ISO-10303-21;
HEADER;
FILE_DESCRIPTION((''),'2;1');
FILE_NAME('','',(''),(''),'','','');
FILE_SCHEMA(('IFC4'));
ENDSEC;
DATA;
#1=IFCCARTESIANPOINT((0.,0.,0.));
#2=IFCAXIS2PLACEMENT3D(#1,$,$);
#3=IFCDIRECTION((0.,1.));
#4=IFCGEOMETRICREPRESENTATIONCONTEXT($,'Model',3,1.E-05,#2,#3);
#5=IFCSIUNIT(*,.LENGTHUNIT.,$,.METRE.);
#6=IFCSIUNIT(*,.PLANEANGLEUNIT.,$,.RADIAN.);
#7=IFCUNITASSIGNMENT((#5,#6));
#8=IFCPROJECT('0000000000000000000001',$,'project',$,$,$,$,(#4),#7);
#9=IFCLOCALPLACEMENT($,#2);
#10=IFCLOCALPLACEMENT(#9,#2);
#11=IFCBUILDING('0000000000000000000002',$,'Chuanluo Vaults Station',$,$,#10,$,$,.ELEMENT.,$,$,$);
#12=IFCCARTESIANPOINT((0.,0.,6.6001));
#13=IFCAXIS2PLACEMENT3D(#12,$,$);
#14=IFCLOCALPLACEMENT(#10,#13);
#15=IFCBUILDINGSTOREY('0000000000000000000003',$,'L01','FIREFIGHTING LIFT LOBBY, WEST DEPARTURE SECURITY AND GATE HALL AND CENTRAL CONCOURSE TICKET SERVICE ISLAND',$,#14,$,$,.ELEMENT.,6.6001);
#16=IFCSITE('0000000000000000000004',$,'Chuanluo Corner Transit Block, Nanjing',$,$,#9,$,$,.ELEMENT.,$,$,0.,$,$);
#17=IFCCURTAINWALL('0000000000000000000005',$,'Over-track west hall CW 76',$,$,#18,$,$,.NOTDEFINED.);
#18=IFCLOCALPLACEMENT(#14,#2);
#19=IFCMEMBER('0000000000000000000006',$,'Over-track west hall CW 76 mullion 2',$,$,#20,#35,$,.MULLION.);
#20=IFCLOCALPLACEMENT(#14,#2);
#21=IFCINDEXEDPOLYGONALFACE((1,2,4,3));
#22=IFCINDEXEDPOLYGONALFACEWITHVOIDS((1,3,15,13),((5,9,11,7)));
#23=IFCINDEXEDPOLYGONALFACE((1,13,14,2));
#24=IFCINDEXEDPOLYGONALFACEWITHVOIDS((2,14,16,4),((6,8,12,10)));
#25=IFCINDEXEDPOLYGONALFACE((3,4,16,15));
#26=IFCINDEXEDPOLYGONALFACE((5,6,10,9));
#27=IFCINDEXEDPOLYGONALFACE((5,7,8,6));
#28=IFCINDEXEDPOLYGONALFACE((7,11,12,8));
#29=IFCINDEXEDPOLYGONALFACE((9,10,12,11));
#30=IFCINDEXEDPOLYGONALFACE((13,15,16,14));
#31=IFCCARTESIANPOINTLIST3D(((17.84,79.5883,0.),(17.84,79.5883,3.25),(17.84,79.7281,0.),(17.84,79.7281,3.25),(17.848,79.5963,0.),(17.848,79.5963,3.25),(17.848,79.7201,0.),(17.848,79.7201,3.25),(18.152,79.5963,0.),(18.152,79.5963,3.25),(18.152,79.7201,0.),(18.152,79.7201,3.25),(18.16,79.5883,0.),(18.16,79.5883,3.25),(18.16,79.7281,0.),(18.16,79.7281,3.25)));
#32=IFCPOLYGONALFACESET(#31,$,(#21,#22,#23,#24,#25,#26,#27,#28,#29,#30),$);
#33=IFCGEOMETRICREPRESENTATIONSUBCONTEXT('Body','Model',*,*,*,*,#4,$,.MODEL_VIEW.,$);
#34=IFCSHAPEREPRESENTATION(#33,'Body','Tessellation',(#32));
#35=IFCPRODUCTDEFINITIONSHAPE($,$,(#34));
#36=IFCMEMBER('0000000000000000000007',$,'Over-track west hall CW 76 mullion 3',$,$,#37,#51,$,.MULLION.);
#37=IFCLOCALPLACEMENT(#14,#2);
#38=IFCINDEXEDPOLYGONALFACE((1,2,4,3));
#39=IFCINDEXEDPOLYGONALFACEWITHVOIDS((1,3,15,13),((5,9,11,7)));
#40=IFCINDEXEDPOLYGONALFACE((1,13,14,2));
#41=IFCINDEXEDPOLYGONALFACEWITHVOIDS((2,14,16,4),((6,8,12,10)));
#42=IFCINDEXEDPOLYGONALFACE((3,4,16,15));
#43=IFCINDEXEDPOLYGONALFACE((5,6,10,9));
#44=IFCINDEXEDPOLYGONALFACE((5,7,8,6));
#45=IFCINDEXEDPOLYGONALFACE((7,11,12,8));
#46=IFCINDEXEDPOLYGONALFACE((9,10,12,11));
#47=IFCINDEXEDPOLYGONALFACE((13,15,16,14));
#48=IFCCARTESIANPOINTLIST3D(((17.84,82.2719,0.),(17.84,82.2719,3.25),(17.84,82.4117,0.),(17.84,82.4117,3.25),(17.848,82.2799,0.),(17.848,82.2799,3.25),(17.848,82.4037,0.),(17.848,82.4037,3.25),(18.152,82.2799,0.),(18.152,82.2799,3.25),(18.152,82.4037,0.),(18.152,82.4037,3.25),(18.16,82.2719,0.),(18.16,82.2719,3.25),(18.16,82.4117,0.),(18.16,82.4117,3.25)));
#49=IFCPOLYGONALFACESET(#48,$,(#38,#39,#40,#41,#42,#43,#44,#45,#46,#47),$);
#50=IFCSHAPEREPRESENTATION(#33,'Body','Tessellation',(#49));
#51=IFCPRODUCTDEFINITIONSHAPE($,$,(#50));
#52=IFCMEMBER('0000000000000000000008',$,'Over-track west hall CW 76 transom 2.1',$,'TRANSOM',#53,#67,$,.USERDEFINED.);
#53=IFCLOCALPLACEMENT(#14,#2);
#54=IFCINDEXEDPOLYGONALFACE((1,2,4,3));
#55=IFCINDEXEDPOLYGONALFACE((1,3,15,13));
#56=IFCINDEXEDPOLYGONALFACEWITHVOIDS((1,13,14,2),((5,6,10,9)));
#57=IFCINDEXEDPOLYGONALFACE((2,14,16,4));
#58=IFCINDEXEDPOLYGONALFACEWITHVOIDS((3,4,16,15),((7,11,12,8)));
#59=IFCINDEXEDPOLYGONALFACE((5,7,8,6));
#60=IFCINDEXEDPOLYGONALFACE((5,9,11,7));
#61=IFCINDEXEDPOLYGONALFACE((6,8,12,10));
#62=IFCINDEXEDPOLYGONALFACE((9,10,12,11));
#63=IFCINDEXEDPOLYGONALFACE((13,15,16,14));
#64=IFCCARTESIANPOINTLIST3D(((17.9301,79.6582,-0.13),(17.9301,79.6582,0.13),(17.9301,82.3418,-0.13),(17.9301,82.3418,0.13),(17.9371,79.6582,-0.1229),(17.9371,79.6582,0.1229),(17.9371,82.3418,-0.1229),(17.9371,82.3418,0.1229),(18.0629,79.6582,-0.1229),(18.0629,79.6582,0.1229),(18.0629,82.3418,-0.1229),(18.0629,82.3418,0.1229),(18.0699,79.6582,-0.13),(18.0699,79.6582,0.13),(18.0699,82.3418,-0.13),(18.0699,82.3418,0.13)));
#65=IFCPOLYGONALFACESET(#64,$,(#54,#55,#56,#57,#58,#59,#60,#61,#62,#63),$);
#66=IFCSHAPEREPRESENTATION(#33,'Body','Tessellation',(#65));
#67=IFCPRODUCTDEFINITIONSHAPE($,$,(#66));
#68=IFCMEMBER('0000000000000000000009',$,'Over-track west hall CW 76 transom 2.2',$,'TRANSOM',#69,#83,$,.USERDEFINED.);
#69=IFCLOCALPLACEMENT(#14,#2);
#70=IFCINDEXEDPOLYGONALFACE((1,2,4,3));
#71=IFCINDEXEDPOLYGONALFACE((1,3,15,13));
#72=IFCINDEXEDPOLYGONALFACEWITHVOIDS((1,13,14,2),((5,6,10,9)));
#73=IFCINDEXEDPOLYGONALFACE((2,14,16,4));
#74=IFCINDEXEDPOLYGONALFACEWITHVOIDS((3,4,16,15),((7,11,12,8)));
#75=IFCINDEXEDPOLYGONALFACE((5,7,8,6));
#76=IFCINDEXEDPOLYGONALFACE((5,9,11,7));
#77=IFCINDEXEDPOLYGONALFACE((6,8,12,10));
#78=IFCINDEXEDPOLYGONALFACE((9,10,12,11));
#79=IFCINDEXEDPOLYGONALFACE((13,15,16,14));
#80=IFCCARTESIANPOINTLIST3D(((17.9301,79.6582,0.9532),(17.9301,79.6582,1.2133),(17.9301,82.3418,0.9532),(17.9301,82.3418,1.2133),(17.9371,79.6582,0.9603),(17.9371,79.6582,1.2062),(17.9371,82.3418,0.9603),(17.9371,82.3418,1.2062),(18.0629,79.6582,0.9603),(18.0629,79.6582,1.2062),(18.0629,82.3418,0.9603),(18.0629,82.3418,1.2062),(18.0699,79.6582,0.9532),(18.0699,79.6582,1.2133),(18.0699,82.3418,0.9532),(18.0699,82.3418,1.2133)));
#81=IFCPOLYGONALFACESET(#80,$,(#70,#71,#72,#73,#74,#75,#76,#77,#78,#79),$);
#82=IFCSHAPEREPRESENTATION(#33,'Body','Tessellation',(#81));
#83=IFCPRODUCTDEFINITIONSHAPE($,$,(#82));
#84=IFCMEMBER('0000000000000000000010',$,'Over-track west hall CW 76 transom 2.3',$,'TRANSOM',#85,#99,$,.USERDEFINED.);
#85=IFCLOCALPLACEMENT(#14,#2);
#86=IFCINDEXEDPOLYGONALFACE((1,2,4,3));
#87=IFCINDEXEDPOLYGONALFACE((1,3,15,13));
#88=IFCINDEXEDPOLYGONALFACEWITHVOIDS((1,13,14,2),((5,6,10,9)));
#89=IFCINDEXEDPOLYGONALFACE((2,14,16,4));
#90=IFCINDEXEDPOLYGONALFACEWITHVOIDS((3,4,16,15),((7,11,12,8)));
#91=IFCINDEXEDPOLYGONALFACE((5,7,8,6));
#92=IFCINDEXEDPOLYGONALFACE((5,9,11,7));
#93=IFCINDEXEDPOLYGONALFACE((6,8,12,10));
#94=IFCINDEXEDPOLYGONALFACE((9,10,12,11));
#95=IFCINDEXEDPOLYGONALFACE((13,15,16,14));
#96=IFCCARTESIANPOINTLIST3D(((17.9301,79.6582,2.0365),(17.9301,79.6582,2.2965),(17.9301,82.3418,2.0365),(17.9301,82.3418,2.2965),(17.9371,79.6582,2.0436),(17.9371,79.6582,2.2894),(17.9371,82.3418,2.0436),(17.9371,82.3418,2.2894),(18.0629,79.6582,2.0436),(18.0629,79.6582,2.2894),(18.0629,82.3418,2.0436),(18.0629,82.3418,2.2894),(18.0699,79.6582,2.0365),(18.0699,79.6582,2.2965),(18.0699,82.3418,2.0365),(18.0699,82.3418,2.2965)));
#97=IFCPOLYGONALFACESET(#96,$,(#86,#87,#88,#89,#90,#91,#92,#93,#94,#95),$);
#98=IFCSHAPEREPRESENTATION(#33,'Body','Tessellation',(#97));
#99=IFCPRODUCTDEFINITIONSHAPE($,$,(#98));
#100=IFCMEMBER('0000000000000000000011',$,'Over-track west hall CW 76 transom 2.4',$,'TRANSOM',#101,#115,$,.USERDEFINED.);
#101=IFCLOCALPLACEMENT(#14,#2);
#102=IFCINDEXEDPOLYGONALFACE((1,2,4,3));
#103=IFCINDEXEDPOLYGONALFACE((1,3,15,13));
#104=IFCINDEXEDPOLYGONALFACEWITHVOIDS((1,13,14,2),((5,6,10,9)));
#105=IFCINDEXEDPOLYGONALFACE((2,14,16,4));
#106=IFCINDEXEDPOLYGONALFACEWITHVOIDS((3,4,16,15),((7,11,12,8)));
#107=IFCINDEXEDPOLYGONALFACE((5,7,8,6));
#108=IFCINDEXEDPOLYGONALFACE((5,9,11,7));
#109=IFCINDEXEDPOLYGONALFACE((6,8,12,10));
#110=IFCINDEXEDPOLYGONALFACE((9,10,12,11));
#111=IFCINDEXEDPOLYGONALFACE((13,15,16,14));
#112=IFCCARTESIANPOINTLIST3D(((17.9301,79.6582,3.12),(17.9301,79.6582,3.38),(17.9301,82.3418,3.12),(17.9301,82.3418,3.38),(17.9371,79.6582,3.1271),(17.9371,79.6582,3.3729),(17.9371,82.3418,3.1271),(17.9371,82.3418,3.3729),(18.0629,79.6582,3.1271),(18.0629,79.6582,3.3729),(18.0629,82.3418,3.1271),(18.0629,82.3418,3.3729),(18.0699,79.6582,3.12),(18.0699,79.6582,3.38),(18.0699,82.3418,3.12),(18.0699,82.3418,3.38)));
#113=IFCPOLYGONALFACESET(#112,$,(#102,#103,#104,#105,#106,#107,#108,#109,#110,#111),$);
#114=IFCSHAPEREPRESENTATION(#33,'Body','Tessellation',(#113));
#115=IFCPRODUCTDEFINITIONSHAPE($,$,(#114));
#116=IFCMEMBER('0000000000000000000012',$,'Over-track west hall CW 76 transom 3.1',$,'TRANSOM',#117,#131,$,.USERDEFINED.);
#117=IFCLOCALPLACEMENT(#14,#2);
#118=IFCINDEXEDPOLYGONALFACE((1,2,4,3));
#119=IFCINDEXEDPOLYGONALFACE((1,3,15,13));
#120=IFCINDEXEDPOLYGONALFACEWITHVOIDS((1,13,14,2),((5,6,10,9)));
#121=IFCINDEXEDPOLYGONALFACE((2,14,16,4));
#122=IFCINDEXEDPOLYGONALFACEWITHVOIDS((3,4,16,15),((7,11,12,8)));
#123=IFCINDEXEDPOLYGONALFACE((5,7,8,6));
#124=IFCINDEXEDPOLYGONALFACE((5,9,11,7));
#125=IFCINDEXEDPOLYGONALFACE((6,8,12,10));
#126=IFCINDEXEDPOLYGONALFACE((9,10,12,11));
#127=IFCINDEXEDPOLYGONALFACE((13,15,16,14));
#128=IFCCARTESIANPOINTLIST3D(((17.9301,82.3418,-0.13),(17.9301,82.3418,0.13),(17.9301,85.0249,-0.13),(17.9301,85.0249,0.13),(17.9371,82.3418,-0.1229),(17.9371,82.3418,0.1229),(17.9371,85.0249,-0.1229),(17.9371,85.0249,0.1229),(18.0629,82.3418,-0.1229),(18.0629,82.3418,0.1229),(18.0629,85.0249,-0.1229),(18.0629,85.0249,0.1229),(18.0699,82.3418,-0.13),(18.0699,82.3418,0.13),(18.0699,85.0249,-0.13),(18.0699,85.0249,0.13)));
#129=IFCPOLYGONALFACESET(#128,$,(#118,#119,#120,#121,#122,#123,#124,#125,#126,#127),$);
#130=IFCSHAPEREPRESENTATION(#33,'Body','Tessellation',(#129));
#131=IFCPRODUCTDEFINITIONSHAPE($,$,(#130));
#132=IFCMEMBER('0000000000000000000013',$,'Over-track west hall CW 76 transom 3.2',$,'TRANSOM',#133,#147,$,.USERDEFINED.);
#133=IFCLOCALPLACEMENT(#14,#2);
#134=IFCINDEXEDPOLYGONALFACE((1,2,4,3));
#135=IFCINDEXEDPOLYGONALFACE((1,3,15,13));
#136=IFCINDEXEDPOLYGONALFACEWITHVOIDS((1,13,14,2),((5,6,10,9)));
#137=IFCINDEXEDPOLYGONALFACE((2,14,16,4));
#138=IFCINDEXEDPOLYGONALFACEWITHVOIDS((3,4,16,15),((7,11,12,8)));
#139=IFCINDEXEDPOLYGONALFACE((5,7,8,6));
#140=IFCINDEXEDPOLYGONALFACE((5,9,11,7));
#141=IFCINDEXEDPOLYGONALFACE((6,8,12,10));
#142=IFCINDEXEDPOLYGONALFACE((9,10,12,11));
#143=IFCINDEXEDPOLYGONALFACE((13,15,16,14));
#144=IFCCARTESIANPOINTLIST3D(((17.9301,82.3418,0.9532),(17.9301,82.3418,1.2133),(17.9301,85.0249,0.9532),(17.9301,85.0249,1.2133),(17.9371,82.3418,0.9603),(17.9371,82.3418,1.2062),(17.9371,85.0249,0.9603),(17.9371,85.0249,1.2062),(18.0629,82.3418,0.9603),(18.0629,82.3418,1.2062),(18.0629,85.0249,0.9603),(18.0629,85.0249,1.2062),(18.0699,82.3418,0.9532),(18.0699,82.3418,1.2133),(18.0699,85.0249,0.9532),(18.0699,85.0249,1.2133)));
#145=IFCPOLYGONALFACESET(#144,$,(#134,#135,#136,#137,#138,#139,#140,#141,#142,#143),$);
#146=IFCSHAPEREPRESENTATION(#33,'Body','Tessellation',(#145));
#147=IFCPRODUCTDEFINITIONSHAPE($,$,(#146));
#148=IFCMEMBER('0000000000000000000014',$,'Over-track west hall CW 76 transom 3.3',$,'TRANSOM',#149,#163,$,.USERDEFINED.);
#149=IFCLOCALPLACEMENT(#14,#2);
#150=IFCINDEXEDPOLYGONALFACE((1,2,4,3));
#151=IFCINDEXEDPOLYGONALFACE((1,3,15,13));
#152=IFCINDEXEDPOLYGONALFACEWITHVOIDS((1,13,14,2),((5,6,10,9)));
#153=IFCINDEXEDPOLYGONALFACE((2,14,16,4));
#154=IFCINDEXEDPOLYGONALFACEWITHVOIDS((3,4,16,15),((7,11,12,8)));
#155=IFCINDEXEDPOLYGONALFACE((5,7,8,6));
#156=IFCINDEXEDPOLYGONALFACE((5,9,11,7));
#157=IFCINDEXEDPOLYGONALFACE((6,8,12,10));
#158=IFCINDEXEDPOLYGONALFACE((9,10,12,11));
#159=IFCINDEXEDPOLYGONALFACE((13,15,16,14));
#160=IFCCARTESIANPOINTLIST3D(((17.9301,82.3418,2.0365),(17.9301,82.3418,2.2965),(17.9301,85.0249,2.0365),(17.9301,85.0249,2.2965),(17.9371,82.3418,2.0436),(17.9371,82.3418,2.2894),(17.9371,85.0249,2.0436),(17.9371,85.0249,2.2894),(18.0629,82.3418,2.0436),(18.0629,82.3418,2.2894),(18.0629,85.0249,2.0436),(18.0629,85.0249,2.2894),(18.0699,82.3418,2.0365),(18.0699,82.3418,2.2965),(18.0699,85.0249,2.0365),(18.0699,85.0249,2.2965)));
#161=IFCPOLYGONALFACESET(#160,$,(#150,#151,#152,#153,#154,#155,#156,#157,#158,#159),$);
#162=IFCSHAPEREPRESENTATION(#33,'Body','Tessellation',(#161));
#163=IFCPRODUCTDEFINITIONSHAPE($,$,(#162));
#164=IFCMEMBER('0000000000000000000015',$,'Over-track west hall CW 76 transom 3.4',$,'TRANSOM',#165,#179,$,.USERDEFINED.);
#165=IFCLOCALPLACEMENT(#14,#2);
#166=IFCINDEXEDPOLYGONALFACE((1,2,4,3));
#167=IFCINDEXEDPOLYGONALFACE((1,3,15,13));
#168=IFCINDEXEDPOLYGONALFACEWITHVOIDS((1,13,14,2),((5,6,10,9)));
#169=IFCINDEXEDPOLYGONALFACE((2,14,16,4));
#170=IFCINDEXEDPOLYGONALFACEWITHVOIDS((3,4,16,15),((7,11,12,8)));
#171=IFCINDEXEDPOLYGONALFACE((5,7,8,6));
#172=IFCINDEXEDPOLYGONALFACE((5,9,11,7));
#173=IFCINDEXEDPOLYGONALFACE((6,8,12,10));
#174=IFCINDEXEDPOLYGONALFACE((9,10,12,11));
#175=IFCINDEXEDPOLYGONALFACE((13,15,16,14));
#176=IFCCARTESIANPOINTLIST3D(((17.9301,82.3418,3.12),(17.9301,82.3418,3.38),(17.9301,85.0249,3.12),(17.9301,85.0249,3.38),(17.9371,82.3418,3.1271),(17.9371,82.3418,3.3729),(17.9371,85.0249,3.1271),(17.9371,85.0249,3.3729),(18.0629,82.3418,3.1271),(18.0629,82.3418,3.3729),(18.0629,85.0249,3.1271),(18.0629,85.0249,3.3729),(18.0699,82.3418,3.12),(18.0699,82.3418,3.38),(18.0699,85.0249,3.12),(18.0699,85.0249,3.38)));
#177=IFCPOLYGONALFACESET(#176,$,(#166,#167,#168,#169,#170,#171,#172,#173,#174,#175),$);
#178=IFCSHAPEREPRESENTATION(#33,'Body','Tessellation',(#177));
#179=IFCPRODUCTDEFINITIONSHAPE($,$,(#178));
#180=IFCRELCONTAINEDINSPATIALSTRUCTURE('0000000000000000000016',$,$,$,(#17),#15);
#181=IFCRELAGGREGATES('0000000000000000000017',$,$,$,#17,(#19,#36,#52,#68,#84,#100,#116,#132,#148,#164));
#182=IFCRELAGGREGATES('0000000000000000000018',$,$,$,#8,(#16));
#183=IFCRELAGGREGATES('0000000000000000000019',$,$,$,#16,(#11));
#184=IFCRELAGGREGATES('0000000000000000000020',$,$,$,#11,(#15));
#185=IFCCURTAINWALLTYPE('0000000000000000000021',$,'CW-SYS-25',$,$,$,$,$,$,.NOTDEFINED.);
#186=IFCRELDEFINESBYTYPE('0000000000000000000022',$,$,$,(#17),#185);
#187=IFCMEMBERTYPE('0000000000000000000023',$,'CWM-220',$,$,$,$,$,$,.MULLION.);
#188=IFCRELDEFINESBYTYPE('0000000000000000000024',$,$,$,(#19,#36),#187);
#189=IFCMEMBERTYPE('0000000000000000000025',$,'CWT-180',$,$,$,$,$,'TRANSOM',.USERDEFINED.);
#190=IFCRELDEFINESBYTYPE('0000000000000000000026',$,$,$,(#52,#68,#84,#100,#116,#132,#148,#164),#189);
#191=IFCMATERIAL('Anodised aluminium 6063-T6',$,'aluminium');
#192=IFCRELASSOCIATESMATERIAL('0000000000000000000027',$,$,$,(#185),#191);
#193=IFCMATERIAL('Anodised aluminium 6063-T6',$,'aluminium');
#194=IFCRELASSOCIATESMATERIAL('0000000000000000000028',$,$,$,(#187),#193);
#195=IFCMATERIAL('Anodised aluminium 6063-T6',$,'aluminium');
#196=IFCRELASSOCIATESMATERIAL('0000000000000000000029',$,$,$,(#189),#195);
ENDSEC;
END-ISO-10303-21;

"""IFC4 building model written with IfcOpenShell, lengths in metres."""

from ifc_helpers import new_model, si_unit, direction, frame, origin, origin_2d, place, context, subcontext, project, spatial, hollow_rectangle, extrude, material, material_profile, profile_set, type_object, element, aggregate, save


model = new_model("IFC4")

# Units and contexts
model_context = context("Model", 3, precision=1e-05, world=origin(), true_north=direction((0.0, 1.0)))
body_context = subcontext(model_context, "Body", "Model", "MODEL_VIEW")
ifc_project = project(units=[si_unit("LENGTHUNIT", "METRE"), si_unit("PLANEANGLEUNIT", "RADIAN")], contexts=[model_context])

# Site, building, storey
site_placement = place(None, origin())
site = spatial("IfcSite", under=ifc_project, at=site_placement, Name="Chuanluo Corner Transit Block, Nanjing", CompositionType="ELEMENT", RefElevation=0.0)
building_placement = place(site_placement, origin())
building = spatial("IfcBuilding", under=site, at=building_placement, Name="Chuanluo Vaults Station", CompositionType="ELEMENT")
storey_placement = place(building_placement, frame((0.0, 0.0, 6.6001)))
storey = spatial("IfcBuildingStorey", under=building, at=storey_placement, Name="L01", Description="FIREFIGHTING LIFT LOBBY, WEST DEPARTURE SECURITY AND GATE HALL AND CENTRAL CONCOURSE TICKET SERVICE ISLAND", CompositionType="ELEMENT", Elevation=6.6001)

# Curtain wall, members
ifc_material_1 = material(Name="Anodised aluminium 6063-T6", Category="aluminium")
curtain_wall_type = type_object("IfcCurtainWallType", Name="CW-SYS-25", PredefinedType="NOTDEFINED", material=ifc_material_1)
curtain_wall_placement = place(storey_placement, origin())
curtain_wall = element("IfcCurtainWall", 1, at=curtain_wall_placement, inside=storey, type_object=curtain_wall_type, Name="Over-track west hall CW 76", PredefinedType="NOTDEFINED")
ifc_material_2 = material(Name="Anodised aluminium 6063-T6", Category="aluminium")
ifc_material_profile_1 = material_profile(ifc_material_2, hollow_rectangle(XDim=0.1399, YDim=0.3201, WallThickness=0.0081, at=origin_2d()))
ifc_profile_set_1 = profile_set([ifc_material_profile_1], Name="Anodised aluminium 6063-T6")
member_type_1 = type_object("IfcMemberType", Name="CWM-220", PredefinedType="MULLION", material=ifc_profile_set_1)
member_1_placement = place(storey_placement, frame((18.0, 79.6582, 0.0), z_axis=(0.0, 0.0, 1.0), x_axis=(0.0, 1.0, 0.0)))
member_1 = element("IfcMember", 2, at=member_1_placement, type_object=member_type_1, Name="Over-track west hall CW 76 mullion 2", PredefinedType="MULLION", context=body_context, shape_type="SweptSolid", body=[
    extrude(hollow_rectangle(XDim=0.1399, YDim=0.3201, WallThickness=0.0081, at=origin_2d()), origin(), (0.0, 0.0, 1.0), 3.25),
])
member_2_placement = place(storey_placement, frame((18.0, 82.3418, 0.0), z_axis=(0.0, 0.0, 1.0), x_axis=(0.0, 1.0, 0.0)))
member_2 = element("IfcMember", 3, at=member_2_placement, type_object=member_type_1, Name="Over-track west hall CW 76 mullion 3", PredefinedType="MULLION", context=body_context, shape_type="SweptSolid", body=[
    extrude(hollow_rectangle(XDim=0.1399, YDim=0.3201, WallThickness=0.0081, at=origin_2d()), origin(), (0.0, 0.0, 1.0), 3.25),
])
ifc_material_3 = material(Name="Anodised aluminium 6063-T6", Category="aluminium")
ifc_material_profile_2 = material_profile(ifc_material_3, hollow_rectangle(XDim=0.1399, YDim=0.26, WallThickness=0.0071, at=origin_2d()))
ifc_profile_set_2 = profile_set([ifc_material_profile_2], Name="Anodised aluminium 6063-T6")
member_type_2 = type_object("IfcMemberType", Name="CWT-180", ElementType="TRANSOM", PredefinedType="USERDEFINED", material=ifc_profile_set_2)
member_3_placement = place(storey_placement, frame((18.0, 79.6582, 0.0), z_axis=(0.0, 1.0, 0.0), x_axis=(-1.0, 0.0, 0.0)))
member_3 = element("IfcMember", 4, at=member_3_placement, type_object=member_type_2, Name="Over-track west hall CW 76 transom 2.1", ObjectType="TRANSOM", PredefinedType="USERDEFINED", context=body_context, shape_type="SweptSolid", body=[
    extrude(hollow_rectangle(XDim=0.1399, YDim=0.26, WallThickness=0.0071, at=origin_2d()), origin(), (0.0, 0.0, 1.0), 2.6836),
])
member_4_placement = place(storey_placement, frame((18.0, 79.6582, 1.0833), z_axis=(0.0, 1.0, 0.0), x_axis=(-1.0, 0.0, 0.0)))
member_4 = element("IfcMember", 5, at=member_4_placement, type_object=member_type_2, Name="Over-track west hall CW 76 transom 2.2", ObjectType="TRANSOM", PredefinedType="USERDEFINED", context=body_context, shape_type="SweptSolid", body=[
    extrude(hollow_rectangle(XDim=0.1399, YDim=0.26, WallThickness=0.0071, at=origin_2d()), origin(), (0.0, 0.0, 1.0), 2.6836),
])
member_5_placement = place(storey_placement, frame((18.0, 79.6582, 2.1665), z_axis=(0.0, 1.0, 0.0), x_axis=(-1.0, 0.0, 0.0)))
member_5 = element("IfcMember", 6, at=member_5_placement, type_object=member_type_2, Name="Over-track west hall CW 76 transom 2.3", ObjectType="TRANSOM", PredefinedType="USERDEFINED", context=body_context, shape_type="SweptSolid", body=[
    extrude(hollow_rectangle(XDim=0.1399, YDim=0.26, WallThickness=0.0071, at=origin_2d()), origin(), (0.0, 0.0, 1.0), 2.6836),
])
member_6_placement = place(storey_placement, frame((18.0, 79.6582, 3.25), z_axis=(0.0, 1.0, 0.0), x_axis=(-1.0, 0.0, 0.0)))
member_6 = element("IfcMember", 7, at=member_6_placement, type_object=member_type_2, Name="Over-track west hall CW 76 transom 2.4", ObjectType="TRANSOM", PredefinedType="USERDEFINED", context=body_context, shape_type="SweptSolid", body=[
    extrude(hollow_rectangle(XDim=0.1399, YDim=0.26, WallThickness=0.0071, at=origin_2d()), origin(), (0.0, 0.0, 1.0), 2.6836),
])
member_7_placement = place(storey_placement, frame((18.0, 82.3418, 0.0), z_axis=(0.0, 1.0, 0.0), x_axis=(-1.0, 0.0, 0.0)))
member_7 = element("IfcMember", 8, at=member_7_placement, type_object=member_type_2, Name="Over-track west hall CW 76 transom 3.1", ObjectType="TRANSOM", PredefinedType="USERDEFINED", context=body_context, shape_type="SweptSolid", body=[
    extrude(hollow_rectangle(XDim=0.1399, YDim=0.26, WallThickness=0.0071, at=origin_2d()), origin(), (0.0, 0.0, 1.0), 2.6831),
])
member_8_placement = place(storey_placement, frame((18.0, 82.3418, 1.0833), z_axis=(0.0, 1.0, 0.0), x_axis=(-1.0, 0.0, 0.0)))
member_8 = element("IfcMember", 9, at=member_8_placement, type_object=member_type_2, Name="Over-track west hall CW 76 transom 3.2", ObjectType="TRANSOM", PredefinedType="USERDEFINED", context=body_context, shape_type="SweptSolid", body=[
    extrude(hollow_rectangle(XDim=0.1399, YDim=0.26, WallThickness=0.0071, at=origin_2d()), origin(), (0.0, 0.0, 1.0), 2.6831),
])
member_9_placement = place(storey_placement, frame((18.0, 82.3418, 2.1665), z_axis=(0.0, 1.0, 0.0), x_axis=(-1.0, 0.0, 0.0)))
member_9 = element("IfcMember", 10, at=member_9_placement, type_object=member_type_2, Name="Over-track west hall CW 76 transom 3.3", ObjectType="TRANSOM", PredefinedType="USERDEFINED", context=body_context, shape_type="SweptSolid", body=[
    extrude(hollow_rectangle(XDim=0.1399, YDim=0.26, WallThickness=0.0071, at=origin_2d()), origin(), (0.0, 0.0, 1.0), 2.6831),
])
member_10_placement = place(storey_placement, frame((18.0, 82.3418, 3.25), z_axis=(0.0, 1.0, 0.0), x_axis=(-1.0, 0.0, 0.0)))
member_10 = element("IfcMember", 11, at=member_10_placement, type_object=member_type_2, Name="Over-track west hall CW 76 transom 3.4", ObjectType="TRANSOM", PredefinedType="USERDEFINED", context=body_context, shape_type="SweptSolid", body=[
    extrude(hollow_rectangle(XDim=0.1399, YDim=0.26, WallThickness=0.0071, at=origin_2d()), origin(), (0.0, 0.0, 1.0), 2.6831),
])

aggregate(curtain_wall, [member_1, member_2, member_3, member_4, member_5, member_6, member_7, member_8, member_9, member_10])

save(model, "model.ifc")
